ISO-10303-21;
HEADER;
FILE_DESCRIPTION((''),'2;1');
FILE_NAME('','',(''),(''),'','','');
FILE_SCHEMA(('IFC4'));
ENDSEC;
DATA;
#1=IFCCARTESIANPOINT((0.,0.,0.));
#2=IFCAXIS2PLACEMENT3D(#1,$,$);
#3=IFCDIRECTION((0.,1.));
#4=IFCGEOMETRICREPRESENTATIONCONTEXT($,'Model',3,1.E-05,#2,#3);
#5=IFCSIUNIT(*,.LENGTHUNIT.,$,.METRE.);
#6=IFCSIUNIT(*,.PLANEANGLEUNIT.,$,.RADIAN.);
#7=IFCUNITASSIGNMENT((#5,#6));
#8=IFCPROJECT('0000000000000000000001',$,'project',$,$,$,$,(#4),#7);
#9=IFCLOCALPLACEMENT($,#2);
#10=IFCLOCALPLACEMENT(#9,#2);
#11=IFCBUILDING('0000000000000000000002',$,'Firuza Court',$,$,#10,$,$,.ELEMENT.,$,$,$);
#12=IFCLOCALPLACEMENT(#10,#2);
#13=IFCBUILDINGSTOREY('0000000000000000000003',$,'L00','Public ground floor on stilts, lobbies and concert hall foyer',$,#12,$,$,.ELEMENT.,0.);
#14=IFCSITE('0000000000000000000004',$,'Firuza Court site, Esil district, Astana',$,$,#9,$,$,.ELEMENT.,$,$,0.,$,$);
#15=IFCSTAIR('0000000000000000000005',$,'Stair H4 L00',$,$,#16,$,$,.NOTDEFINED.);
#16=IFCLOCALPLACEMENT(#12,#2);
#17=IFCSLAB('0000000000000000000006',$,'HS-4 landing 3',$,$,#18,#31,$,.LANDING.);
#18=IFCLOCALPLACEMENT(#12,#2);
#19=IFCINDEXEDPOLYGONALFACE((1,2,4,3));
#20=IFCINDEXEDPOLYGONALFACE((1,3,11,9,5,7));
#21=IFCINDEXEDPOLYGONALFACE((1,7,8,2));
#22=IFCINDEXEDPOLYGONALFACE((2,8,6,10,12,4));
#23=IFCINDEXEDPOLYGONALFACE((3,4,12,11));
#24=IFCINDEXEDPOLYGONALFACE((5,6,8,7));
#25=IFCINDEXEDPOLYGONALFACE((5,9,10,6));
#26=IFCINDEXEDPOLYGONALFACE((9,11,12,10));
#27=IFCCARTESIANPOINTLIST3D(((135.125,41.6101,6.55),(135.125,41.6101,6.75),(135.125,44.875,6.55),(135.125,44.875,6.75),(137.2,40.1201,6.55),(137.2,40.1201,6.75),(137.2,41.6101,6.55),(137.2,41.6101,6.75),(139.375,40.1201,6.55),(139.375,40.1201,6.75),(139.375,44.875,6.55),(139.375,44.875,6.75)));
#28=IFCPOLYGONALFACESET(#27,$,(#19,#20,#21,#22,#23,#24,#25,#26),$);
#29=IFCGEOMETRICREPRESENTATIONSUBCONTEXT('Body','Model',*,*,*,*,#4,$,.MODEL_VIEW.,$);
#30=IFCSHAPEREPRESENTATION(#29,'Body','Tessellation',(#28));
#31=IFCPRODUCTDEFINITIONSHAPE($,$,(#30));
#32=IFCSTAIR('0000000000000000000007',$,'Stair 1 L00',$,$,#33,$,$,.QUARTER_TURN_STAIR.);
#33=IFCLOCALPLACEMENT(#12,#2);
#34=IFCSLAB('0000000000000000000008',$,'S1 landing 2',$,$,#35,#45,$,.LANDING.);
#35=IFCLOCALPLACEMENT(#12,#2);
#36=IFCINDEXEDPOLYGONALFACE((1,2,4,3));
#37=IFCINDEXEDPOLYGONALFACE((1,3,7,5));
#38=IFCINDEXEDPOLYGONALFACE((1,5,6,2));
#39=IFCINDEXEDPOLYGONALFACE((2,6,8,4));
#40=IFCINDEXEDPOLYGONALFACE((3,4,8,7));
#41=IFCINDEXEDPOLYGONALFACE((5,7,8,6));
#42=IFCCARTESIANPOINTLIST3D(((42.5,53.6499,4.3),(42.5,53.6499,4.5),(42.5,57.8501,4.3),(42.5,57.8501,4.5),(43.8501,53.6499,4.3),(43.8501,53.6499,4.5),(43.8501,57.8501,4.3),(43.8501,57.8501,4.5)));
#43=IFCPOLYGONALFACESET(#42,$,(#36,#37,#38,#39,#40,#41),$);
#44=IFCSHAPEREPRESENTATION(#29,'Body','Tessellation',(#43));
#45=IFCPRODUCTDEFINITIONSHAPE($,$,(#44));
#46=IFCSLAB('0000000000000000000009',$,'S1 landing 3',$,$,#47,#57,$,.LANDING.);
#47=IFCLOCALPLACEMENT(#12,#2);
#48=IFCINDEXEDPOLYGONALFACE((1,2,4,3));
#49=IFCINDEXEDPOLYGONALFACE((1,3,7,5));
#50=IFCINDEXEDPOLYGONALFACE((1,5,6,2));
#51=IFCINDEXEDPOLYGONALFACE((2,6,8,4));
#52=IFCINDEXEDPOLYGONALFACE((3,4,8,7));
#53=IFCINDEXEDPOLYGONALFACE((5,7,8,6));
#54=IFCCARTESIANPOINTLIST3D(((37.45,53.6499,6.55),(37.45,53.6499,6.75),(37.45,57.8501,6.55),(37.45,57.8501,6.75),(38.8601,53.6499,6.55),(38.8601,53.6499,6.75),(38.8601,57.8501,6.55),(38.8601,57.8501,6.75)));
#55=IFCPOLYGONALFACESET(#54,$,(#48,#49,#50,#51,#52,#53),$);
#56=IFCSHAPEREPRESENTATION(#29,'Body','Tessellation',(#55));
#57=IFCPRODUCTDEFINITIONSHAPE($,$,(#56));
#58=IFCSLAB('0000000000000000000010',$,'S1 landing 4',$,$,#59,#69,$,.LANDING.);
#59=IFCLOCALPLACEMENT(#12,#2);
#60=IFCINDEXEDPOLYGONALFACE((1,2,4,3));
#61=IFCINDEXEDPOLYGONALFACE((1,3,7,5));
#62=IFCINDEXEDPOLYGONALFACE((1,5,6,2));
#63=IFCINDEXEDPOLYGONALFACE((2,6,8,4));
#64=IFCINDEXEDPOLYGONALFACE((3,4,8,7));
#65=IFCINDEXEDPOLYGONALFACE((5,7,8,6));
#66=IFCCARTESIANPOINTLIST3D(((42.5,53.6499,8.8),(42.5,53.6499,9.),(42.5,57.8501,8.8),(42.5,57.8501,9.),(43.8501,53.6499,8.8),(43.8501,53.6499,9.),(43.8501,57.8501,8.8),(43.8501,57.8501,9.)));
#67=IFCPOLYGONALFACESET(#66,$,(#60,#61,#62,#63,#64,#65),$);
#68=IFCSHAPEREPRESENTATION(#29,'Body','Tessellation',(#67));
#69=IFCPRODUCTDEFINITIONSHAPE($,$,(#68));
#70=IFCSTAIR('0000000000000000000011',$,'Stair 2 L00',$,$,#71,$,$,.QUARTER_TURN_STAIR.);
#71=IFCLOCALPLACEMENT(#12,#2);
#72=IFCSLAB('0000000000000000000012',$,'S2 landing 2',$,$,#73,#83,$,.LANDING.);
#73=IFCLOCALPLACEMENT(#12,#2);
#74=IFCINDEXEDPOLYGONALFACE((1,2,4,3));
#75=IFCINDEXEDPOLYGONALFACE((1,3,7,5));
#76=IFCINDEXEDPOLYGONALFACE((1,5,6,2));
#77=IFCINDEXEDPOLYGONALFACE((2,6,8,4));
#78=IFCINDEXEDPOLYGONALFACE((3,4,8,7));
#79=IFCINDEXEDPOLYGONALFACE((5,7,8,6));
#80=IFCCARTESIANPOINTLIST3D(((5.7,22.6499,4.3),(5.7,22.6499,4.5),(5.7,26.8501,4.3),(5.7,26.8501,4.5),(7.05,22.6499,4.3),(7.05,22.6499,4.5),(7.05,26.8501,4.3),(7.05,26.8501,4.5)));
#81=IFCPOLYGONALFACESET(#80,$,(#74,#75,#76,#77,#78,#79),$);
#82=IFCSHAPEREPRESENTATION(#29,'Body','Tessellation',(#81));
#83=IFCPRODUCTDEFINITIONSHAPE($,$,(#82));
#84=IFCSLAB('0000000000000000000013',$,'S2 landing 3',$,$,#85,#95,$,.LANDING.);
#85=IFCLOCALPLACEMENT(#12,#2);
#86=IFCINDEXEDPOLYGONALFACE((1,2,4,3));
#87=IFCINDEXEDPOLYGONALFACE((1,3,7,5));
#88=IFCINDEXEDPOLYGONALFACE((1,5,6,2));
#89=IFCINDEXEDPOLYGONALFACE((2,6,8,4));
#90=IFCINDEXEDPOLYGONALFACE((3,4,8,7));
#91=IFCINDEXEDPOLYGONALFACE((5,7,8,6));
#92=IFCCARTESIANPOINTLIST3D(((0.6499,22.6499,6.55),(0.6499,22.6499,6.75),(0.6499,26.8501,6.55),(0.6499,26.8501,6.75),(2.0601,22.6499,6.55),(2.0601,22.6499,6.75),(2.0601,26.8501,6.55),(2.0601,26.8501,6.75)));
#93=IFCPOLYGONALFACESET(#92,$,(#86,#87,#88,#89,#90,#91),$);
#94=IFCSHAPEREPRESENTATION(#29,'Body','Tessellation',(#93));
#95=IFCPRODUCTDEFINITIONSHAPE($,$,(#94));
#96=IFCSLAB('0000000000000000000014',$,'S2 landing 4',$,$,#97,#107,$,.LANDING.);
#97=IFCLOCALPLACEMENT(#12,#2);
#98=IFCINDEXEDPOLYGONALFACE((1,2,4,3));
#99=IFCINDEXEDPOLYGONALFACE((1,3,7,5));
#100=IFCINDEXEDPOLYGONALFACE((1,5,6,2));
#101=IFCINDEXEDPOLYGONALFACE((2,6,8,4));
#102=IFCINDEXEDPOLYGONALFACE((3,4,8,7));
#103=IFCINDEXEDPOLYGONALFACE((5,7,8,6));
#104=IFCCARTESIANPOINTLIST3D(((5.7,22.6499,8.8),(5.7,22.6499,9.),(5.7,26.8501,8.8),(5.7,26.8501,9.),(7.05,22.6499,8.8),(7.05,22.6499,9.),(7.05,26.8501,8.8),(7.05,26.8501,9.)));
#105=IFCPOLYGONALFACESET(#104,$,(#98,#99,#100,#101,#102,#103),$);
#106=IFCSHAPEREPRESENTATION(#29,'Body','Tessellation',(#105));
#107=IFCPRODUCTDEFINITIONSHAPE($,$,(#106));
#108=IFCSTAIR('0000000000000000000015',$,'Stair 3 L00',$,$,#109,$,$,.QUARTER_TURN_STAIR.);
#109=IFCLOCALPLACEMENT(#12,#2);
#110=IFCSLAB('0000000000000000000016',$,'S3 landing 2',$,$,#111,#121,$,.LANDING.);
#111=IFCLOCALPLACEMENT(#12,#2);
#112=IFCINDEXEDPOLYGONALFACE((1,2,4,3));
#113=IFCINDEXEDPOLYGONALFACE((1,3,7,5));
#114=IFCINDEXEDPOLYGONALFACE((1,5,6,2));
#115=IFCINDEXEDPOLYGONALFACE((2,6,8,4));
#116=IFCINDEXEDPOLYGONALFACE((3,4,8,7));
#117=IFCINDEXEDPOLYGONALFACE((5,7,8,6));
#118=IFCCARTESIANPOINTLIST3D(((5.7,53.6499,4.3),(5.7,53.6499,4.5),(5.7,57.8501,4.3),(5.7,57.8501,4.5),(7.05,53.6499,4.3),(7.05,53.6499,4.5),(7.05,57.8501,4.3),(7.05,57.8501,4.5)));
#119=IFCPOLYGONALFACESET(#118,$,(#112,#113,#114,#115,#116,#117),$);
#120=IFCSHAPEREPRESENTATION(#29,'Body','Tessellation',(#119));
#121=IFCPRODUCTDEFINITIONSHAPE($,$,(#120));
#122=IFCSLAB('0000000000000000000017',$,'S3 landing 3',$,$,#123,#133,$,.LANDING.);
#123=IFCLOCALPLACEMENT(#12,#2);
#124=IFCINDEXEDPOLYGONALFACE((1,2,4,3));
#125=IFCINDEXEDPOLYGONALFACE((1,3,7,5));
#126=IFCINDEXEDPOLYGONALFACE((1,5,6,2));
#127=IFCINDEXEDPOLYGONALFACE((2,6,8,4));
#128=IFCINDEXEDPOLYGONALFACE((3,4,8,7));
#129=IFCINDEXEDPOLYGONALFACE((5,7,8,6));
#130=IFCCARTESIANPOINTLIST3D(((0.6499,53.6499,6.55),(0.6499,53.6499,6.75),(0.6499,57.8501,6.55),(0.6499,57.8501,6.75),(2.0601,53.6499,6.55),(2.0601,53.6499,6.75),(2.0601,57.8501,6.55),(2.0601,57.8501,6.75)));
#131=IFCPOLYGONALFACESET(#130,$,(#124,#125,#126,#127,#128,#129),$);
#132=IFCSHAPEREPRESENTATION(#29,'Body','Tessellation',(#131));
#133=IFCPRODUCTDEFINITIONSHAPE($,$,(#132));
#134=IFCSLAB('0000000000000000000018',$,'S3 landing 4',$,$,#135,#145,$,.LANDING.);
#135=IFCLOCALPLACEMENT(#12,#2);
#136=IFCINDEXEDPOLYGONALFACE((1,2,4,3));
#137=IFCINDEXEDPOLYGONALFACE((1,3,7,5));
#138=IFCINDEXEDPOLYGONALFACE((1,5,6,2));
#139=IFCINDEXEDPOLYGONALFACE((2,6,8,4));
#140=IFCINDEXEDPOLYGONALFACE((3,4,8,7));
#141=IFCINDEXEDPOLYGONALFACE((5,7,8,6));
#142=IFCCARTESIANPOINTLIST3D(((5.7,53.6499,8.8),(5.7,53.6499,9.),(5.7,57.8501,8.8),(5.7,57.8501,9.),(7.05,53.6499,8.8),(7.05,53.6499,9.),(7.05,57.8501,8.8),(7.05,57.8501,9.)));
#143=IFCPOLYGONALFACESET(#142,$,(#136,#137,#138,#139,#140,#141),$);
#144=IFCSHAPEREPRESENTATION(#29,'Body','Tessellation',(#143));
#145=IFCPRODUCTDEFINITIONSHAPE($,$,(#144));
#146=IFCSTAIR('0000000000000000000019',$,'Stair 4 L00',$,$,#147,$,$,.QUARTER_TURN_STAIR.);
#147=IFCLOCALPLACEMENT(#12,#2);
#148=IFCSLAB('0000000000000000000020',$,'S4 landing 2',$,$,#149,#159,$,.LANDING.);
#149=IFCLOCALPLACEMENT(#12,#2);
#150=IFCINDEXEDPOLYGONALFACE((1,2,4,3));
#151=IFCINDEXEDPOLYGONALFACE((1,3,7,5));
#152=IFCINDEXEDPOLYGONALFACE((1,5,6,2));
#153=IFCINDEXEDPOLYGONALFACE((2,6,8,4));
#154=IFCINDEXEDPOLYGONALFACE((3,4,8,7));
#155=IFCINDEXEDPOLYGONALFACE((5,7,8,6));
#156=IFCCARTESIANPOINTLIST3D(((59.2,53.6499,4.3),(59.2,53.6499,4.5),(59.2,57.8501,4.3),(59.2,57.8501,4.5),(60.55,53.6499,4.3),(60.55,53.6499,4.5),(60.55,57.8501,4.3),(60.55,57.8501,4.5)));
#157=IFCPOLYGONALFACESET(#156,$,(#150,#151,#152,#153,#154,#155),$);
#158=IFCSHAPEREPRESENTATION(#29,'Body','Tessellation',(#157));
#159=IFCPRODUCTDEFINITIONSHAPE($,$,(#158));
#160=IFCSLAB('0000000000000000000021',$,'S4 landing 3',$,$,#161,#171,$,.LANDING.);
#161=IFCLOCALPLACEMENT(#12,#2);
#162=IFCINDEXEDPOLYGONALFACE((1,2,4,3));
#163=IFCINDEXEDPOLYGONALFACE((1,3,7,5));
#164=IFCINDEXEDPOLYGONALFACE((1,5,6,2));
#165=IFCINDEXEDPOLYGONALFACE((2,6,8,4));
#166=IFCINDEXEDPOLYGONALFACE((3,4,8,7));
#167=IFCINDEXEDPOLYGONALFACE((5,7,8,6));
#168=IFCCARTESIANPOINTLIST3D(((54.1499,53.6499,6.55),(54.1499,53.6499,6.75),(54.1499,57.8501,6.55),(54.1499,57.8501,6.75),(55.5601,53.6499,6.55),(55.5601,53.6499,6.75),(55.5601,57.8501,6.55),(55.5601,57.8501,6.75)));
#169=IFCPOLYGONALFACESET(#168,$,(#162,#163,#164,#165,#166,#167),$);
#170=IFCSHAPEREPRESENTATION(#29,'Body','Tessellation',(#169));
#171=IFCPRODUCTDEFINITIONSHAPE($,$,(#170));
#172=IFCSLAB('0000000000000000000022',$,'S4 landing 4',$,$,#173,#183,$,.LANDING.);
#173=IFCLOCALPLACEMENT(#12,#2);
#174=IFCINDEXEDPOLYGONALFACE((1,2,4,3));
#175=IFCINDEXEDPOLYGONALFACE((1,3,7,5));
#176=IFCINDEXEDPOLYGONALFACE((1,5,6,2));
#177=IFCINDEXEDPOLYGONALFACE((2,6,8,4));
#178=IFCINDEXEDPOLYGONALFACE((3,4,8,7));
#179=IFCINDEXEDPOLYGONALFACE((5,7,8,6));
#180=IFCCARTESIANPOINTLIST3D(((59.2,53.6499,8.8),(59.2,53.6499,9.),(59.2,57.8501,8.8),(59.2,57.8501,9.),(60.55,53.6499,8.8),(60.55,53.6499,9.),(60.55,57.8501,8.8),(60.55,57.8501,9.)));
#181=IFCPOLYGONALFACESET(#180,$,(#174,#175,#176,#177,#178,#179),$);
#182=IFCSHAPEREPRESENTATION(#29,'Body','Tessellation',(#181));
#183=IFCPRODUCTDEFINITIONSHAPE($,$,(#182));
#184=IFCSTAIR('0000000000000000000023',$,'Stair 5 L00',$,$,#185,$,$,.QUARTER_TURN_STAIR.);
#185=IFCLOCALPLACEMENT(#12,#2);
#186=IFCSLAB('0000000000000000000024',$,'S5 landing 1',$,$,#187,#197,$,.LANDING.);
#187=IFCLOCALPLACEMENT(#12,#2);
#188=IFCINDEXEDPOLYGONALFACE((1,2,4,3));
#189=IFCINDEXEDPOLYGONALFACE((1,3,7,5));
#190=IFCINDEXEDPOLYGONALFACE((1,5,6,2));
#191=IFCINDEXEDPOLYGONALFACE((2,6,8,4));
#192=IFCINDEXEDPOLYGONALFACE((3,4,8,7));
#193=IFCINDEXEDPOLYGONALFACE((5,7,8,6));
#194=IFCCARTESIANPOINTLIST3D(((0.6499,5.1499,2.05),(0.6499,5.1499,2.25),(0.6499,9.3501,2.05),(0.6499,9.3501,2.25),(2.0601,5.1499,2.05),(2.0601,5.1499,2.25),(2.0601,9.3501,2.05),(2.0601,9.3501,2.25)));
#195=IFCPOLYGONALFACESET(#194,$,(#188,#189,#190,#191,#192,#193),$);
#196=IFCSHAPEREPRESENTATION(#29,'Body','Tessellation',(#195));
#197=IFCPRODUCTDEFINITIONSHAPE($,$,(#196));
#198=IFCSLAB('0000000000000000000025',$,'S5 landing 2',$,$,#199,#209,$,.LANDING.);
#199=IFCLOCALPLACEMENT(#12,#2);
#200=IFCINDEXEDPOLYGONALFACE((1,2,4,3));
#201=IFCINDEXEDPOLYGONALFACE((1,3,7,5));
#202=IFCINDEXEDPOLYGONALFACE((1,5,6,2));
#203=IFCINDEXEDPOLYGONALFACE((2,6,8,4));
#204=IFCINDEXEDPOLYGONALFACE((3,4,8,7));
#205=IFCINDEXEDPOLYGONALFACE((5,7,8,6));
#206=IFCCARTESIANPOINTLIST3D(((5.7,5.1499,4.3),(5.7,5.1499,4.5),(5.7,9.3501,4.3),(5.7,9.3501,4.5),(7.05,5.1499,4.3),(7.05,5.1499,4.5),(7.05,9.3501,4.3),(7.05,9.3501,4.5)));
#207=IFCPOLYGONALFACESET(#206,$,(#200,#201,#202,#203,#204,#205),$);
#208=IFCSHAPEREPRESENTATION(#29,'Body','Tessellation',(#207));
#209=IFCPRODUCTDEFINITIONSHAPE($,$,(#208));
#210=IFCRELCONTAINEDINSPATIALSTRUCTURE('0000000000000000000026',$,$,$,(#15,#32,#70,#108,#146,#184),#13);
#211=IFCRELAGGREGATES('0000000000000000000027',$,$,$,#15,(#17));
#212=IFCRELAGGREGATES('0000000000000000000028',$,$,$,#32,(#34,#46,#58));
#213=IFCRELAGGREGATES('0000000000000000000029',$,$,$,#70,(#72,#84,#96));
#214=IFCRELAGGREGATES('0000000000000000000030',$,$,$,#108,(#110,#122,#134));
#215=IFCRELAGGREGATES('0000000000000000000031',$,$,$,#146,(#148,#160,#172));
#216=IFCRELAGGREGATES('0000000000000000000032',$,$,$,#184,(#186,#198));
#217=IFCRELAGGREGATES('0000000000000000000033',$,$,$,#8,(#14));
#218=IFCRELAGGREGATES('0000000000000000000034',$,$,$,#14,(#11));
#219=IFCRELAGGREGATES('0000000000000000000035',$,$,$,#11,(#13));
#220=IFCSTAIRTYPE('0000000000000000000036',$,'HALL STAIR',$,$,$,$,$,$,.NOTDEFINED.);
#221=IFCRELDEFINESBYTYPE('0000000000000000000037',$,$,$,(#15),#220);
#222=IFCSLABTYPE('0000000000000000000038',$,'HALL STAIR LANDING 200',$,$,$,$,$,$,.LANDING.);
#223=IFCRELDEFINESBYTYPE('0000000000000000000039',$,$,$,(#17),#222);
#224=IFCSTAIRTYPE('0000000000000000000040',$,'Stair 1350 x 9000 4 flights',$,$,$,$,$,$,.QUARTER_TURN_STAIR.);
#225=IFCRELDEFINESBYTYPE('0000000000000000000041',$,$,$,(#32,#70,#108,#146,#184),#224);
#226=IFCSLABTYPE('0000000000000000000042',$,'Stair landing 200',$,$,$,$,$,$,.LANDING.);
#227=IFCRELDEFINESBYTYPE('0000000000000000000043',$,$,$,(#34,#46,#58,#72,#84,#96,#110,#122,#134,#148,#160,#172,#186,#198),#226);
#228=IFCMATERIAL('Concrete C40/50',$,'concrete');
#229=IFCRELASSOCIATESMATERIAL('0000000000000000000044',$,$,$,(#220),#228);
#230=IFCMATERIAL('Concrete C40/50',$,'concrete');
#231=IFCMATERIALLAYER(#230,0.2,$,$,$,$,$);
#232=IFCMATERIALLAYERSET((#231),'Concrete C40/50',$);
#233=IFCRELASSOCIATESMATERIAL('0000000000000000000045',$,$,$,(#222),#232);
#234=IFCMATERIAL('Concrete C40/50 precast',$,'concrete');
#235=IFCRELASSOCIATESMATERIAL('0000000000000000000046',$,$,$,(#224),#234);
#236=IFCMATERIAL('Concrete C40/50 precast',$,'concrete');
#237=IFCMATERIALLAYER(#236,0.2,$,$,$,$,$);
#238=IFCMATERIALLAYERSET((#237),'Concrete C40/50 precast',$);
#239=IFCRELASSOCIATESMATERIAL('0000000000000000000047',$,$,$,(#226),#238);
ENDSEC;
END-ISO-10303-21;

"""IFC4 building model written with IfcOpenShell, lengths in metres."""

from ifc_helpers import new_model, si_unit, direction, frame, origin, place, context, subcontext, project, spatial, polyline, outline, extrude, material, layer, layer_set, type_object, element, aggregate, save


model = new_model("IFC4")

# Units and contexts
model_context = context("Model", 3, precision=1e-05, world=origin(), true_north=direction((0.0, 1.0)))
body_context = subcontext(model_context, "Body", "Model", "MODEL_VIEW")
ifc_project = project(units=[si_unit("LENGTHUNIT", "METRE"), si_unit("PLANEANGLEUNIT", "RADIAN")], contexts=[model_context])

# Site, building, storey
site_placement = place(None, origin())
site = spatial("IfcSite", under=ifc_project, at=site_placement, Name="Firuza Court site, Esil district, Astana", CompositionType="ELEMENT", RefElevation=0.0)
building_placement = place(site_placement, origin())
building = spatial("IfcBuilding", under=site, at=building_placement, Name="Firuza Court", CompositionType="ELEMENT")
storey_placement = place(building_placement, origin())
storey = spatial("IfcBuildingStorey", under=building, at=storey_placement, Name="L00", Description="Public ground floor on stilts, lobbies and concert hall foyer", CompositionType="ELEMENT", Elevation=0.0)

# Shared definitions
ifc_material_1 = material(Name="Concrete C40/50", Category="concrete")

# Stairs, slabs
ifc_material_2 = material(Name="Concrete C40/50", Category="concrete")
stair_type_1 = type_object("IfcStairType", Name="HALL STAIR", PredefinedType="NOTDEFINED", material=ifc_material_2)
ifc_layer_1 = layer(ifc_material_1, 0.2)
ifc_layer_set_1 = layer_set([ifc_layer_1], Name="Concrete C40/50")
slab_type_1 = type_object("IfcSlabType", Name="HALL STAIR LANDING 200", PredefinedType="LANDING", material=ifc_layer_set_1)
stair_1_placement = place(storey_placement, origin())
stair_1 = element("IfcStair", 1, at=stair_1_placement, inside=storey, type_object=stair_type_1, Name="Stair H4 L00", PredefinedType="NOTDEFINED")
slab_1_placement = place(storey_placement, frame((0.0, 0.0, 6.55)))
slab_1 = element("IfcSlab", 2, at=slab_1_placement, type_object=slab_type_1, Name="HS-4 landing 3", PredefinedType="LANDING", context=body_context, shape_type="SweptSolid", body=[
    extrude(outline(polyline([(135.125, 41.6101), (137.2, 41.6101), (137.2, 40.1201), (139.375, 40.1201), (139.375, 44.875), (135.125, 44.875), (135.125, 41.6101)])), origin(), (0.0, 0.0, 1.0), 0.2),
])
aggregate(stair_1, [slab_1])
ifc_material_3 = material(Name="Concrete C40/50 precast", Category="concrete")
stair_type_2 = type_object("IfcStairType", Name="Stair 1350 x 9000 4 flights", PredefinedType="QUARTER_TURN_STAIR", material=ifc_material_3)
stair_2_placement = place(storey_placement, origin())
stair_2 = element("IfcStair", 3, at=stair_2_placement, inside=storey, type_object=stair_type_2, Name="Stair 1 L00", PredefinedType="QUARTER_TURN_STAIR")
ifc_material_4 = material(Name="Concrete C40/50 precast", Category="concrete")
ifc_layer_2 = layer(ifc_material_4, 0.2)
ifc_layer_set_2 = layer_set([ifc_layer_2], Name="Concrete C40/50 precast")
slab_type_2 = type_object("IfcSlabType", Name="Stair landing 200", PredefinedType="LANDING", material=ifc_layer_set_2)
slab_2_placement = place(storey_placement, frame((0.0, 0.0, 4.3)))
slab_2 = element("IfcSlab", 4, at=slab_2_placement, type_object=slab_type_2, Name="S1 landing 2", PredefinedType="LANDING", context=body_context, shape_type="SweptSolid", body=[
    extrude(outline(polyline([(43.8501, 53.6499), (43.8501, 57.8501), (42.5, 57.8501), (42.5, 53.6499), (43.8501, 53.6499)])), origin(), (0.0, 0.0, 1.0), 0.2),
])
slab_3_placement = place(storey_placement, frame((0.0, 0.0, 6.55)))
slab_3 = element("IfcSlab", 5, at=slab_3_placement, type_object=slab_type_2, Name="S1 landing 3", PredefinedType="LANDING", context=body_context, shape_type="SweptSolid", body=[
    extrude(outline(polyline([(38.8601, 53.6499), (38.8601, 57.8501), (37.45, 57.8501), (37.45, 53.6499), (38.8601, 53.6499)])), origin(), (0.0, 0.0, 1.0), 0.2),
])
slab_4_placement = place(storey_placement, frame((0.0, 0.0, 8.8)))
slab_4 = element("IfcSlab", 6, at=slab_4_placement, type_object=slab_type_2, Name="S1 landing 4", PredefinedType="LANDING", context=body_context, shape_type="SweptSolid", body=[
    extrude(outline(polyline([(43.8501, 53.6499), (43.8501, 57.8501), (42.5, 57.8501), (42.5, 53.6499), (43.8501, 53.6499)])), origin(), (0.0, 0.0, 1.0), 0.2),
])
aggregate(stair_2, [slab_2, slab_3, slab_4])
stair_3_placement = place(storey_placement, origin())
stair_3 = element("IfcStair", 7, at=stair_3_placement, inside=storey, type_object=stair_type_2, Name="Stair 2 L00", PredefinedType="QUARTER_TURN_STAIR")
slab_5_placement = place(storey_placement, frame((0.0, 0.0, 4.3)))
slab_5 = element("IfcSlab", 8, at=slab_5_placement, type_object=slab_type_2, Name="S2 landing 2", PredefinedType="LANDING", context=body_context, shape_type="SweptSolid", body=[
    extrude(outline(polyline([(7.05, 22.6499), (7.05, 26.8501), (5.7, 26.8501), (5.7, 22.6499), (7.05, 22.6499)])), origin(), (0.0, 0.0, 1.0), 0.2),
])
slab_6_placement = place(storey_placement, frame((0.0, 0.0, 6.55)))
slab_6 = element("IfcSlab", 9, at=slab_6_placement, type_object=slab_type_2, Name="S2 landing 3", PredefinedType="LANDING", context=body_context, shape_type="SweptSolid", body=[
    extrude(outline(polyline([(2.0601, 22.6499), (2.0601, 26.8501), (0.6499, 26.8501), (0.6499, 22.6499), (2.0601, 22.6499)])), origin(), (0.0, 0.0, 1.0), 0.2),
])
slab_7_placement = place(storey_placement, frame((0.0, 0.0, 8.8)))
slab_7 = element("IfcSlab", 10, at=slab_7_placement, type_object=slab_type_2, Name="S2 landing 4", PredefinedType="LANDING", context=body_context, shape_type="SweptSolid", body=[
    extrude(outline(polyline([(7.05, 22.6499), (7.05, 26.8501), (5.7, 26.8501), (5.7, 22.6499), (7.05, 22.6499)])), origin(), (0.0, 0.0, 1.0), 0.2),
])
aggregate(stair_3, [slab_5, slab_6, slab_7])
stair_4_placement = place(storey_placement, origin())
stair_4 = element("IfcStair", 11, at=stair_4_placement, inside=storey, type_object=stair_type_2, Name="Stair 3 L00", PredefinedType="QUARTER_TURN_STAIR")
slab_8_placement = place(storey_placement, frame((0.0, 0.0, 4.3)))
slab_8 = element("IfcSlab", 12, at=slab_8_placement, type_object=slab_type_2, Name="S3 landing 2", PredefinedType="LANDING", context=body_context, shape_type="SweptSolid", body=[
    extrude(outline(polyline([(7.05, 53.6499), (7.05, 57.8501), (5.7, 57.8501), (5.7, 53.6499), (7.05, 53.6499)])), origin(), (0.0, 0.0, 1.0), 0.2),
])
slab_9_placement = place(storey_placement, frame((0.0, 0.0, 6.55)))
slab_9 = element("IfcSlab", 13, at=slab_9_placement, type_object=slab_type_2, Name="S3 landing 3", PredefinedType="LANDING", context=body_context, shape_type="SweptSolid", body=[
    extrude(outline(polyline([(2.0601, 53.6499), (2.0601, 57.8501), (0.6499, 57.8501), (0.6499, 53.6499), (2.0601, 53.6499)])), origin(), (0.0, 0.0, 1.0), 0.2),
])
slab_10_placement = place(storey_placement, frame((0.0, 0.0, 8.8)))
slab_10 = element("IfcSlab", 14, at=slab_10_placement, type_object=slab_type_2, Name="S3 landing 4", PredefinedType="LANDING", context=body_context, shape_type="SweptSolid", body=[
    extrude(outline(polyline([(7.05, 53.6499), (7.05, 57.8501), (5.7, 57.8501), (5.7, 53.6499), (7.05, 53.6499)])), origin(), (0.0, 0.0, 1.0), 0.2),
])
aggregate(stair_4, [slab_8, slab_9, slab_10])
stair_5_placement = place(storey_placement, origin())
stair_5 = element("IfcStair", 15, at=stair_5_placement, inside=storey, type_object=stair_type_2, Name="Stair 4 L00", PredefinedType="QUARTER_TURN_STAIR")
slab_11_placement = place(storey_placement, frame((0.0, 0.0, 4.3)))
slab_11 = element("IfcSlab", 16, at=slab_11_placement, type_object=slab_type_2, Name="S4 landing 2", PredefinedType="LANDING", context=body_context, shape_type="SweptSolid", body=[
    extrude(outline(polyline([(60.55, 53.6499), (60.55, 57.8501), (59.2, 57.8501), (59.2, 53.6499), (60.55, 53.6499)])), origin(), (0.0, 0.0, 1.0), 0.2),
])
slab_12_placement = place(storey_placement, frame((0.0, 0.0, 6.55)))
slab_12 = element("IfcSlab", 17, at=slab_12_placement, type_object=slab_type_2, Name="S4 landing 3", PredefinedType="LANDING", context=body_context, shape_type="SweptSolid", body=[
    extrude(outline(polyline([(55.5601, 53.6499), (55.5601, 57.8501), (54.1499, 57.8501), (54.1499, 53.6499), (55.5601, 53.6499)])), origin(), (0.0, 0.0, 1.0), 0.2),
])
slab_13_placement = place(storey_placement, frame((0.0, 0.0, 8.8)))
slab_13 = element("IfcSlab", 18, at=slab_13_placement, type_object=slab_type_2, Name="S4 landing 4", PredefinedType="LANDING", context=body_context, shape_type="SweptSolid", body=[
    extrude(outline(polyline([(60.55, 53.6499), (60.55, 57.8501), (59.2, 57.8501), (59.2, 53.6499), (60.55, 53.6499)])), origin(), (0.0, 0.0, 1.0), 0.2),
])
aggregate(stair_5, [slab_11, slab_12, slab_13])
stair_6_placement = place(storey_placement, origin())
stair_6 = element("IfcStair", 19, at=stair_6_placement, inside=storey, type_object=stair_type_2, Name="Stair 5 L00", PredefinedType="QUARTER_TURN_STAIR")
slab_14_placement = place(storey_placement, frame((0.0, 0.0, 2.05)))
slab_14 = element("IfcSlab", 20, at=slab_14_placement, type_object=slab_type_2, Name="S5 landing 1", PredefinedType="LANDING", context=body_context, shape_type="SweptSolid", body=[
    extrude(outline(polyline([(2.0601, 5.1499), (2.0601, 9.3501), (0.6499, 9.3501), (0.6499, 5.1499), (2.0601, 5.1499)])), origin(), (0.0, 0.0, 1.0), 0.2),
])
slab_15_placement = place(storey_placement, frame((0.0, 0.0, 4.3)))
slab_15 = element("IfcSlab", 21, at=slab_15_placement, type_object=slab_type_2, Name="S5 landing 2", PredefinedType="LANDING", context=body_context, shape_type="SweptSolid", body=[
    extrude(outline(polyline([(7.05, 5.1499), (7.05, 9.3501), (5.7, 9.3501), (5.7, 5.1499), (7.05, 5.1499)])), origin(), (0.0, 0.0, 1.0), 0.2),
])
aggregate(stair_6, [slab_14, slab_15])

save(model, "model.ifc")
